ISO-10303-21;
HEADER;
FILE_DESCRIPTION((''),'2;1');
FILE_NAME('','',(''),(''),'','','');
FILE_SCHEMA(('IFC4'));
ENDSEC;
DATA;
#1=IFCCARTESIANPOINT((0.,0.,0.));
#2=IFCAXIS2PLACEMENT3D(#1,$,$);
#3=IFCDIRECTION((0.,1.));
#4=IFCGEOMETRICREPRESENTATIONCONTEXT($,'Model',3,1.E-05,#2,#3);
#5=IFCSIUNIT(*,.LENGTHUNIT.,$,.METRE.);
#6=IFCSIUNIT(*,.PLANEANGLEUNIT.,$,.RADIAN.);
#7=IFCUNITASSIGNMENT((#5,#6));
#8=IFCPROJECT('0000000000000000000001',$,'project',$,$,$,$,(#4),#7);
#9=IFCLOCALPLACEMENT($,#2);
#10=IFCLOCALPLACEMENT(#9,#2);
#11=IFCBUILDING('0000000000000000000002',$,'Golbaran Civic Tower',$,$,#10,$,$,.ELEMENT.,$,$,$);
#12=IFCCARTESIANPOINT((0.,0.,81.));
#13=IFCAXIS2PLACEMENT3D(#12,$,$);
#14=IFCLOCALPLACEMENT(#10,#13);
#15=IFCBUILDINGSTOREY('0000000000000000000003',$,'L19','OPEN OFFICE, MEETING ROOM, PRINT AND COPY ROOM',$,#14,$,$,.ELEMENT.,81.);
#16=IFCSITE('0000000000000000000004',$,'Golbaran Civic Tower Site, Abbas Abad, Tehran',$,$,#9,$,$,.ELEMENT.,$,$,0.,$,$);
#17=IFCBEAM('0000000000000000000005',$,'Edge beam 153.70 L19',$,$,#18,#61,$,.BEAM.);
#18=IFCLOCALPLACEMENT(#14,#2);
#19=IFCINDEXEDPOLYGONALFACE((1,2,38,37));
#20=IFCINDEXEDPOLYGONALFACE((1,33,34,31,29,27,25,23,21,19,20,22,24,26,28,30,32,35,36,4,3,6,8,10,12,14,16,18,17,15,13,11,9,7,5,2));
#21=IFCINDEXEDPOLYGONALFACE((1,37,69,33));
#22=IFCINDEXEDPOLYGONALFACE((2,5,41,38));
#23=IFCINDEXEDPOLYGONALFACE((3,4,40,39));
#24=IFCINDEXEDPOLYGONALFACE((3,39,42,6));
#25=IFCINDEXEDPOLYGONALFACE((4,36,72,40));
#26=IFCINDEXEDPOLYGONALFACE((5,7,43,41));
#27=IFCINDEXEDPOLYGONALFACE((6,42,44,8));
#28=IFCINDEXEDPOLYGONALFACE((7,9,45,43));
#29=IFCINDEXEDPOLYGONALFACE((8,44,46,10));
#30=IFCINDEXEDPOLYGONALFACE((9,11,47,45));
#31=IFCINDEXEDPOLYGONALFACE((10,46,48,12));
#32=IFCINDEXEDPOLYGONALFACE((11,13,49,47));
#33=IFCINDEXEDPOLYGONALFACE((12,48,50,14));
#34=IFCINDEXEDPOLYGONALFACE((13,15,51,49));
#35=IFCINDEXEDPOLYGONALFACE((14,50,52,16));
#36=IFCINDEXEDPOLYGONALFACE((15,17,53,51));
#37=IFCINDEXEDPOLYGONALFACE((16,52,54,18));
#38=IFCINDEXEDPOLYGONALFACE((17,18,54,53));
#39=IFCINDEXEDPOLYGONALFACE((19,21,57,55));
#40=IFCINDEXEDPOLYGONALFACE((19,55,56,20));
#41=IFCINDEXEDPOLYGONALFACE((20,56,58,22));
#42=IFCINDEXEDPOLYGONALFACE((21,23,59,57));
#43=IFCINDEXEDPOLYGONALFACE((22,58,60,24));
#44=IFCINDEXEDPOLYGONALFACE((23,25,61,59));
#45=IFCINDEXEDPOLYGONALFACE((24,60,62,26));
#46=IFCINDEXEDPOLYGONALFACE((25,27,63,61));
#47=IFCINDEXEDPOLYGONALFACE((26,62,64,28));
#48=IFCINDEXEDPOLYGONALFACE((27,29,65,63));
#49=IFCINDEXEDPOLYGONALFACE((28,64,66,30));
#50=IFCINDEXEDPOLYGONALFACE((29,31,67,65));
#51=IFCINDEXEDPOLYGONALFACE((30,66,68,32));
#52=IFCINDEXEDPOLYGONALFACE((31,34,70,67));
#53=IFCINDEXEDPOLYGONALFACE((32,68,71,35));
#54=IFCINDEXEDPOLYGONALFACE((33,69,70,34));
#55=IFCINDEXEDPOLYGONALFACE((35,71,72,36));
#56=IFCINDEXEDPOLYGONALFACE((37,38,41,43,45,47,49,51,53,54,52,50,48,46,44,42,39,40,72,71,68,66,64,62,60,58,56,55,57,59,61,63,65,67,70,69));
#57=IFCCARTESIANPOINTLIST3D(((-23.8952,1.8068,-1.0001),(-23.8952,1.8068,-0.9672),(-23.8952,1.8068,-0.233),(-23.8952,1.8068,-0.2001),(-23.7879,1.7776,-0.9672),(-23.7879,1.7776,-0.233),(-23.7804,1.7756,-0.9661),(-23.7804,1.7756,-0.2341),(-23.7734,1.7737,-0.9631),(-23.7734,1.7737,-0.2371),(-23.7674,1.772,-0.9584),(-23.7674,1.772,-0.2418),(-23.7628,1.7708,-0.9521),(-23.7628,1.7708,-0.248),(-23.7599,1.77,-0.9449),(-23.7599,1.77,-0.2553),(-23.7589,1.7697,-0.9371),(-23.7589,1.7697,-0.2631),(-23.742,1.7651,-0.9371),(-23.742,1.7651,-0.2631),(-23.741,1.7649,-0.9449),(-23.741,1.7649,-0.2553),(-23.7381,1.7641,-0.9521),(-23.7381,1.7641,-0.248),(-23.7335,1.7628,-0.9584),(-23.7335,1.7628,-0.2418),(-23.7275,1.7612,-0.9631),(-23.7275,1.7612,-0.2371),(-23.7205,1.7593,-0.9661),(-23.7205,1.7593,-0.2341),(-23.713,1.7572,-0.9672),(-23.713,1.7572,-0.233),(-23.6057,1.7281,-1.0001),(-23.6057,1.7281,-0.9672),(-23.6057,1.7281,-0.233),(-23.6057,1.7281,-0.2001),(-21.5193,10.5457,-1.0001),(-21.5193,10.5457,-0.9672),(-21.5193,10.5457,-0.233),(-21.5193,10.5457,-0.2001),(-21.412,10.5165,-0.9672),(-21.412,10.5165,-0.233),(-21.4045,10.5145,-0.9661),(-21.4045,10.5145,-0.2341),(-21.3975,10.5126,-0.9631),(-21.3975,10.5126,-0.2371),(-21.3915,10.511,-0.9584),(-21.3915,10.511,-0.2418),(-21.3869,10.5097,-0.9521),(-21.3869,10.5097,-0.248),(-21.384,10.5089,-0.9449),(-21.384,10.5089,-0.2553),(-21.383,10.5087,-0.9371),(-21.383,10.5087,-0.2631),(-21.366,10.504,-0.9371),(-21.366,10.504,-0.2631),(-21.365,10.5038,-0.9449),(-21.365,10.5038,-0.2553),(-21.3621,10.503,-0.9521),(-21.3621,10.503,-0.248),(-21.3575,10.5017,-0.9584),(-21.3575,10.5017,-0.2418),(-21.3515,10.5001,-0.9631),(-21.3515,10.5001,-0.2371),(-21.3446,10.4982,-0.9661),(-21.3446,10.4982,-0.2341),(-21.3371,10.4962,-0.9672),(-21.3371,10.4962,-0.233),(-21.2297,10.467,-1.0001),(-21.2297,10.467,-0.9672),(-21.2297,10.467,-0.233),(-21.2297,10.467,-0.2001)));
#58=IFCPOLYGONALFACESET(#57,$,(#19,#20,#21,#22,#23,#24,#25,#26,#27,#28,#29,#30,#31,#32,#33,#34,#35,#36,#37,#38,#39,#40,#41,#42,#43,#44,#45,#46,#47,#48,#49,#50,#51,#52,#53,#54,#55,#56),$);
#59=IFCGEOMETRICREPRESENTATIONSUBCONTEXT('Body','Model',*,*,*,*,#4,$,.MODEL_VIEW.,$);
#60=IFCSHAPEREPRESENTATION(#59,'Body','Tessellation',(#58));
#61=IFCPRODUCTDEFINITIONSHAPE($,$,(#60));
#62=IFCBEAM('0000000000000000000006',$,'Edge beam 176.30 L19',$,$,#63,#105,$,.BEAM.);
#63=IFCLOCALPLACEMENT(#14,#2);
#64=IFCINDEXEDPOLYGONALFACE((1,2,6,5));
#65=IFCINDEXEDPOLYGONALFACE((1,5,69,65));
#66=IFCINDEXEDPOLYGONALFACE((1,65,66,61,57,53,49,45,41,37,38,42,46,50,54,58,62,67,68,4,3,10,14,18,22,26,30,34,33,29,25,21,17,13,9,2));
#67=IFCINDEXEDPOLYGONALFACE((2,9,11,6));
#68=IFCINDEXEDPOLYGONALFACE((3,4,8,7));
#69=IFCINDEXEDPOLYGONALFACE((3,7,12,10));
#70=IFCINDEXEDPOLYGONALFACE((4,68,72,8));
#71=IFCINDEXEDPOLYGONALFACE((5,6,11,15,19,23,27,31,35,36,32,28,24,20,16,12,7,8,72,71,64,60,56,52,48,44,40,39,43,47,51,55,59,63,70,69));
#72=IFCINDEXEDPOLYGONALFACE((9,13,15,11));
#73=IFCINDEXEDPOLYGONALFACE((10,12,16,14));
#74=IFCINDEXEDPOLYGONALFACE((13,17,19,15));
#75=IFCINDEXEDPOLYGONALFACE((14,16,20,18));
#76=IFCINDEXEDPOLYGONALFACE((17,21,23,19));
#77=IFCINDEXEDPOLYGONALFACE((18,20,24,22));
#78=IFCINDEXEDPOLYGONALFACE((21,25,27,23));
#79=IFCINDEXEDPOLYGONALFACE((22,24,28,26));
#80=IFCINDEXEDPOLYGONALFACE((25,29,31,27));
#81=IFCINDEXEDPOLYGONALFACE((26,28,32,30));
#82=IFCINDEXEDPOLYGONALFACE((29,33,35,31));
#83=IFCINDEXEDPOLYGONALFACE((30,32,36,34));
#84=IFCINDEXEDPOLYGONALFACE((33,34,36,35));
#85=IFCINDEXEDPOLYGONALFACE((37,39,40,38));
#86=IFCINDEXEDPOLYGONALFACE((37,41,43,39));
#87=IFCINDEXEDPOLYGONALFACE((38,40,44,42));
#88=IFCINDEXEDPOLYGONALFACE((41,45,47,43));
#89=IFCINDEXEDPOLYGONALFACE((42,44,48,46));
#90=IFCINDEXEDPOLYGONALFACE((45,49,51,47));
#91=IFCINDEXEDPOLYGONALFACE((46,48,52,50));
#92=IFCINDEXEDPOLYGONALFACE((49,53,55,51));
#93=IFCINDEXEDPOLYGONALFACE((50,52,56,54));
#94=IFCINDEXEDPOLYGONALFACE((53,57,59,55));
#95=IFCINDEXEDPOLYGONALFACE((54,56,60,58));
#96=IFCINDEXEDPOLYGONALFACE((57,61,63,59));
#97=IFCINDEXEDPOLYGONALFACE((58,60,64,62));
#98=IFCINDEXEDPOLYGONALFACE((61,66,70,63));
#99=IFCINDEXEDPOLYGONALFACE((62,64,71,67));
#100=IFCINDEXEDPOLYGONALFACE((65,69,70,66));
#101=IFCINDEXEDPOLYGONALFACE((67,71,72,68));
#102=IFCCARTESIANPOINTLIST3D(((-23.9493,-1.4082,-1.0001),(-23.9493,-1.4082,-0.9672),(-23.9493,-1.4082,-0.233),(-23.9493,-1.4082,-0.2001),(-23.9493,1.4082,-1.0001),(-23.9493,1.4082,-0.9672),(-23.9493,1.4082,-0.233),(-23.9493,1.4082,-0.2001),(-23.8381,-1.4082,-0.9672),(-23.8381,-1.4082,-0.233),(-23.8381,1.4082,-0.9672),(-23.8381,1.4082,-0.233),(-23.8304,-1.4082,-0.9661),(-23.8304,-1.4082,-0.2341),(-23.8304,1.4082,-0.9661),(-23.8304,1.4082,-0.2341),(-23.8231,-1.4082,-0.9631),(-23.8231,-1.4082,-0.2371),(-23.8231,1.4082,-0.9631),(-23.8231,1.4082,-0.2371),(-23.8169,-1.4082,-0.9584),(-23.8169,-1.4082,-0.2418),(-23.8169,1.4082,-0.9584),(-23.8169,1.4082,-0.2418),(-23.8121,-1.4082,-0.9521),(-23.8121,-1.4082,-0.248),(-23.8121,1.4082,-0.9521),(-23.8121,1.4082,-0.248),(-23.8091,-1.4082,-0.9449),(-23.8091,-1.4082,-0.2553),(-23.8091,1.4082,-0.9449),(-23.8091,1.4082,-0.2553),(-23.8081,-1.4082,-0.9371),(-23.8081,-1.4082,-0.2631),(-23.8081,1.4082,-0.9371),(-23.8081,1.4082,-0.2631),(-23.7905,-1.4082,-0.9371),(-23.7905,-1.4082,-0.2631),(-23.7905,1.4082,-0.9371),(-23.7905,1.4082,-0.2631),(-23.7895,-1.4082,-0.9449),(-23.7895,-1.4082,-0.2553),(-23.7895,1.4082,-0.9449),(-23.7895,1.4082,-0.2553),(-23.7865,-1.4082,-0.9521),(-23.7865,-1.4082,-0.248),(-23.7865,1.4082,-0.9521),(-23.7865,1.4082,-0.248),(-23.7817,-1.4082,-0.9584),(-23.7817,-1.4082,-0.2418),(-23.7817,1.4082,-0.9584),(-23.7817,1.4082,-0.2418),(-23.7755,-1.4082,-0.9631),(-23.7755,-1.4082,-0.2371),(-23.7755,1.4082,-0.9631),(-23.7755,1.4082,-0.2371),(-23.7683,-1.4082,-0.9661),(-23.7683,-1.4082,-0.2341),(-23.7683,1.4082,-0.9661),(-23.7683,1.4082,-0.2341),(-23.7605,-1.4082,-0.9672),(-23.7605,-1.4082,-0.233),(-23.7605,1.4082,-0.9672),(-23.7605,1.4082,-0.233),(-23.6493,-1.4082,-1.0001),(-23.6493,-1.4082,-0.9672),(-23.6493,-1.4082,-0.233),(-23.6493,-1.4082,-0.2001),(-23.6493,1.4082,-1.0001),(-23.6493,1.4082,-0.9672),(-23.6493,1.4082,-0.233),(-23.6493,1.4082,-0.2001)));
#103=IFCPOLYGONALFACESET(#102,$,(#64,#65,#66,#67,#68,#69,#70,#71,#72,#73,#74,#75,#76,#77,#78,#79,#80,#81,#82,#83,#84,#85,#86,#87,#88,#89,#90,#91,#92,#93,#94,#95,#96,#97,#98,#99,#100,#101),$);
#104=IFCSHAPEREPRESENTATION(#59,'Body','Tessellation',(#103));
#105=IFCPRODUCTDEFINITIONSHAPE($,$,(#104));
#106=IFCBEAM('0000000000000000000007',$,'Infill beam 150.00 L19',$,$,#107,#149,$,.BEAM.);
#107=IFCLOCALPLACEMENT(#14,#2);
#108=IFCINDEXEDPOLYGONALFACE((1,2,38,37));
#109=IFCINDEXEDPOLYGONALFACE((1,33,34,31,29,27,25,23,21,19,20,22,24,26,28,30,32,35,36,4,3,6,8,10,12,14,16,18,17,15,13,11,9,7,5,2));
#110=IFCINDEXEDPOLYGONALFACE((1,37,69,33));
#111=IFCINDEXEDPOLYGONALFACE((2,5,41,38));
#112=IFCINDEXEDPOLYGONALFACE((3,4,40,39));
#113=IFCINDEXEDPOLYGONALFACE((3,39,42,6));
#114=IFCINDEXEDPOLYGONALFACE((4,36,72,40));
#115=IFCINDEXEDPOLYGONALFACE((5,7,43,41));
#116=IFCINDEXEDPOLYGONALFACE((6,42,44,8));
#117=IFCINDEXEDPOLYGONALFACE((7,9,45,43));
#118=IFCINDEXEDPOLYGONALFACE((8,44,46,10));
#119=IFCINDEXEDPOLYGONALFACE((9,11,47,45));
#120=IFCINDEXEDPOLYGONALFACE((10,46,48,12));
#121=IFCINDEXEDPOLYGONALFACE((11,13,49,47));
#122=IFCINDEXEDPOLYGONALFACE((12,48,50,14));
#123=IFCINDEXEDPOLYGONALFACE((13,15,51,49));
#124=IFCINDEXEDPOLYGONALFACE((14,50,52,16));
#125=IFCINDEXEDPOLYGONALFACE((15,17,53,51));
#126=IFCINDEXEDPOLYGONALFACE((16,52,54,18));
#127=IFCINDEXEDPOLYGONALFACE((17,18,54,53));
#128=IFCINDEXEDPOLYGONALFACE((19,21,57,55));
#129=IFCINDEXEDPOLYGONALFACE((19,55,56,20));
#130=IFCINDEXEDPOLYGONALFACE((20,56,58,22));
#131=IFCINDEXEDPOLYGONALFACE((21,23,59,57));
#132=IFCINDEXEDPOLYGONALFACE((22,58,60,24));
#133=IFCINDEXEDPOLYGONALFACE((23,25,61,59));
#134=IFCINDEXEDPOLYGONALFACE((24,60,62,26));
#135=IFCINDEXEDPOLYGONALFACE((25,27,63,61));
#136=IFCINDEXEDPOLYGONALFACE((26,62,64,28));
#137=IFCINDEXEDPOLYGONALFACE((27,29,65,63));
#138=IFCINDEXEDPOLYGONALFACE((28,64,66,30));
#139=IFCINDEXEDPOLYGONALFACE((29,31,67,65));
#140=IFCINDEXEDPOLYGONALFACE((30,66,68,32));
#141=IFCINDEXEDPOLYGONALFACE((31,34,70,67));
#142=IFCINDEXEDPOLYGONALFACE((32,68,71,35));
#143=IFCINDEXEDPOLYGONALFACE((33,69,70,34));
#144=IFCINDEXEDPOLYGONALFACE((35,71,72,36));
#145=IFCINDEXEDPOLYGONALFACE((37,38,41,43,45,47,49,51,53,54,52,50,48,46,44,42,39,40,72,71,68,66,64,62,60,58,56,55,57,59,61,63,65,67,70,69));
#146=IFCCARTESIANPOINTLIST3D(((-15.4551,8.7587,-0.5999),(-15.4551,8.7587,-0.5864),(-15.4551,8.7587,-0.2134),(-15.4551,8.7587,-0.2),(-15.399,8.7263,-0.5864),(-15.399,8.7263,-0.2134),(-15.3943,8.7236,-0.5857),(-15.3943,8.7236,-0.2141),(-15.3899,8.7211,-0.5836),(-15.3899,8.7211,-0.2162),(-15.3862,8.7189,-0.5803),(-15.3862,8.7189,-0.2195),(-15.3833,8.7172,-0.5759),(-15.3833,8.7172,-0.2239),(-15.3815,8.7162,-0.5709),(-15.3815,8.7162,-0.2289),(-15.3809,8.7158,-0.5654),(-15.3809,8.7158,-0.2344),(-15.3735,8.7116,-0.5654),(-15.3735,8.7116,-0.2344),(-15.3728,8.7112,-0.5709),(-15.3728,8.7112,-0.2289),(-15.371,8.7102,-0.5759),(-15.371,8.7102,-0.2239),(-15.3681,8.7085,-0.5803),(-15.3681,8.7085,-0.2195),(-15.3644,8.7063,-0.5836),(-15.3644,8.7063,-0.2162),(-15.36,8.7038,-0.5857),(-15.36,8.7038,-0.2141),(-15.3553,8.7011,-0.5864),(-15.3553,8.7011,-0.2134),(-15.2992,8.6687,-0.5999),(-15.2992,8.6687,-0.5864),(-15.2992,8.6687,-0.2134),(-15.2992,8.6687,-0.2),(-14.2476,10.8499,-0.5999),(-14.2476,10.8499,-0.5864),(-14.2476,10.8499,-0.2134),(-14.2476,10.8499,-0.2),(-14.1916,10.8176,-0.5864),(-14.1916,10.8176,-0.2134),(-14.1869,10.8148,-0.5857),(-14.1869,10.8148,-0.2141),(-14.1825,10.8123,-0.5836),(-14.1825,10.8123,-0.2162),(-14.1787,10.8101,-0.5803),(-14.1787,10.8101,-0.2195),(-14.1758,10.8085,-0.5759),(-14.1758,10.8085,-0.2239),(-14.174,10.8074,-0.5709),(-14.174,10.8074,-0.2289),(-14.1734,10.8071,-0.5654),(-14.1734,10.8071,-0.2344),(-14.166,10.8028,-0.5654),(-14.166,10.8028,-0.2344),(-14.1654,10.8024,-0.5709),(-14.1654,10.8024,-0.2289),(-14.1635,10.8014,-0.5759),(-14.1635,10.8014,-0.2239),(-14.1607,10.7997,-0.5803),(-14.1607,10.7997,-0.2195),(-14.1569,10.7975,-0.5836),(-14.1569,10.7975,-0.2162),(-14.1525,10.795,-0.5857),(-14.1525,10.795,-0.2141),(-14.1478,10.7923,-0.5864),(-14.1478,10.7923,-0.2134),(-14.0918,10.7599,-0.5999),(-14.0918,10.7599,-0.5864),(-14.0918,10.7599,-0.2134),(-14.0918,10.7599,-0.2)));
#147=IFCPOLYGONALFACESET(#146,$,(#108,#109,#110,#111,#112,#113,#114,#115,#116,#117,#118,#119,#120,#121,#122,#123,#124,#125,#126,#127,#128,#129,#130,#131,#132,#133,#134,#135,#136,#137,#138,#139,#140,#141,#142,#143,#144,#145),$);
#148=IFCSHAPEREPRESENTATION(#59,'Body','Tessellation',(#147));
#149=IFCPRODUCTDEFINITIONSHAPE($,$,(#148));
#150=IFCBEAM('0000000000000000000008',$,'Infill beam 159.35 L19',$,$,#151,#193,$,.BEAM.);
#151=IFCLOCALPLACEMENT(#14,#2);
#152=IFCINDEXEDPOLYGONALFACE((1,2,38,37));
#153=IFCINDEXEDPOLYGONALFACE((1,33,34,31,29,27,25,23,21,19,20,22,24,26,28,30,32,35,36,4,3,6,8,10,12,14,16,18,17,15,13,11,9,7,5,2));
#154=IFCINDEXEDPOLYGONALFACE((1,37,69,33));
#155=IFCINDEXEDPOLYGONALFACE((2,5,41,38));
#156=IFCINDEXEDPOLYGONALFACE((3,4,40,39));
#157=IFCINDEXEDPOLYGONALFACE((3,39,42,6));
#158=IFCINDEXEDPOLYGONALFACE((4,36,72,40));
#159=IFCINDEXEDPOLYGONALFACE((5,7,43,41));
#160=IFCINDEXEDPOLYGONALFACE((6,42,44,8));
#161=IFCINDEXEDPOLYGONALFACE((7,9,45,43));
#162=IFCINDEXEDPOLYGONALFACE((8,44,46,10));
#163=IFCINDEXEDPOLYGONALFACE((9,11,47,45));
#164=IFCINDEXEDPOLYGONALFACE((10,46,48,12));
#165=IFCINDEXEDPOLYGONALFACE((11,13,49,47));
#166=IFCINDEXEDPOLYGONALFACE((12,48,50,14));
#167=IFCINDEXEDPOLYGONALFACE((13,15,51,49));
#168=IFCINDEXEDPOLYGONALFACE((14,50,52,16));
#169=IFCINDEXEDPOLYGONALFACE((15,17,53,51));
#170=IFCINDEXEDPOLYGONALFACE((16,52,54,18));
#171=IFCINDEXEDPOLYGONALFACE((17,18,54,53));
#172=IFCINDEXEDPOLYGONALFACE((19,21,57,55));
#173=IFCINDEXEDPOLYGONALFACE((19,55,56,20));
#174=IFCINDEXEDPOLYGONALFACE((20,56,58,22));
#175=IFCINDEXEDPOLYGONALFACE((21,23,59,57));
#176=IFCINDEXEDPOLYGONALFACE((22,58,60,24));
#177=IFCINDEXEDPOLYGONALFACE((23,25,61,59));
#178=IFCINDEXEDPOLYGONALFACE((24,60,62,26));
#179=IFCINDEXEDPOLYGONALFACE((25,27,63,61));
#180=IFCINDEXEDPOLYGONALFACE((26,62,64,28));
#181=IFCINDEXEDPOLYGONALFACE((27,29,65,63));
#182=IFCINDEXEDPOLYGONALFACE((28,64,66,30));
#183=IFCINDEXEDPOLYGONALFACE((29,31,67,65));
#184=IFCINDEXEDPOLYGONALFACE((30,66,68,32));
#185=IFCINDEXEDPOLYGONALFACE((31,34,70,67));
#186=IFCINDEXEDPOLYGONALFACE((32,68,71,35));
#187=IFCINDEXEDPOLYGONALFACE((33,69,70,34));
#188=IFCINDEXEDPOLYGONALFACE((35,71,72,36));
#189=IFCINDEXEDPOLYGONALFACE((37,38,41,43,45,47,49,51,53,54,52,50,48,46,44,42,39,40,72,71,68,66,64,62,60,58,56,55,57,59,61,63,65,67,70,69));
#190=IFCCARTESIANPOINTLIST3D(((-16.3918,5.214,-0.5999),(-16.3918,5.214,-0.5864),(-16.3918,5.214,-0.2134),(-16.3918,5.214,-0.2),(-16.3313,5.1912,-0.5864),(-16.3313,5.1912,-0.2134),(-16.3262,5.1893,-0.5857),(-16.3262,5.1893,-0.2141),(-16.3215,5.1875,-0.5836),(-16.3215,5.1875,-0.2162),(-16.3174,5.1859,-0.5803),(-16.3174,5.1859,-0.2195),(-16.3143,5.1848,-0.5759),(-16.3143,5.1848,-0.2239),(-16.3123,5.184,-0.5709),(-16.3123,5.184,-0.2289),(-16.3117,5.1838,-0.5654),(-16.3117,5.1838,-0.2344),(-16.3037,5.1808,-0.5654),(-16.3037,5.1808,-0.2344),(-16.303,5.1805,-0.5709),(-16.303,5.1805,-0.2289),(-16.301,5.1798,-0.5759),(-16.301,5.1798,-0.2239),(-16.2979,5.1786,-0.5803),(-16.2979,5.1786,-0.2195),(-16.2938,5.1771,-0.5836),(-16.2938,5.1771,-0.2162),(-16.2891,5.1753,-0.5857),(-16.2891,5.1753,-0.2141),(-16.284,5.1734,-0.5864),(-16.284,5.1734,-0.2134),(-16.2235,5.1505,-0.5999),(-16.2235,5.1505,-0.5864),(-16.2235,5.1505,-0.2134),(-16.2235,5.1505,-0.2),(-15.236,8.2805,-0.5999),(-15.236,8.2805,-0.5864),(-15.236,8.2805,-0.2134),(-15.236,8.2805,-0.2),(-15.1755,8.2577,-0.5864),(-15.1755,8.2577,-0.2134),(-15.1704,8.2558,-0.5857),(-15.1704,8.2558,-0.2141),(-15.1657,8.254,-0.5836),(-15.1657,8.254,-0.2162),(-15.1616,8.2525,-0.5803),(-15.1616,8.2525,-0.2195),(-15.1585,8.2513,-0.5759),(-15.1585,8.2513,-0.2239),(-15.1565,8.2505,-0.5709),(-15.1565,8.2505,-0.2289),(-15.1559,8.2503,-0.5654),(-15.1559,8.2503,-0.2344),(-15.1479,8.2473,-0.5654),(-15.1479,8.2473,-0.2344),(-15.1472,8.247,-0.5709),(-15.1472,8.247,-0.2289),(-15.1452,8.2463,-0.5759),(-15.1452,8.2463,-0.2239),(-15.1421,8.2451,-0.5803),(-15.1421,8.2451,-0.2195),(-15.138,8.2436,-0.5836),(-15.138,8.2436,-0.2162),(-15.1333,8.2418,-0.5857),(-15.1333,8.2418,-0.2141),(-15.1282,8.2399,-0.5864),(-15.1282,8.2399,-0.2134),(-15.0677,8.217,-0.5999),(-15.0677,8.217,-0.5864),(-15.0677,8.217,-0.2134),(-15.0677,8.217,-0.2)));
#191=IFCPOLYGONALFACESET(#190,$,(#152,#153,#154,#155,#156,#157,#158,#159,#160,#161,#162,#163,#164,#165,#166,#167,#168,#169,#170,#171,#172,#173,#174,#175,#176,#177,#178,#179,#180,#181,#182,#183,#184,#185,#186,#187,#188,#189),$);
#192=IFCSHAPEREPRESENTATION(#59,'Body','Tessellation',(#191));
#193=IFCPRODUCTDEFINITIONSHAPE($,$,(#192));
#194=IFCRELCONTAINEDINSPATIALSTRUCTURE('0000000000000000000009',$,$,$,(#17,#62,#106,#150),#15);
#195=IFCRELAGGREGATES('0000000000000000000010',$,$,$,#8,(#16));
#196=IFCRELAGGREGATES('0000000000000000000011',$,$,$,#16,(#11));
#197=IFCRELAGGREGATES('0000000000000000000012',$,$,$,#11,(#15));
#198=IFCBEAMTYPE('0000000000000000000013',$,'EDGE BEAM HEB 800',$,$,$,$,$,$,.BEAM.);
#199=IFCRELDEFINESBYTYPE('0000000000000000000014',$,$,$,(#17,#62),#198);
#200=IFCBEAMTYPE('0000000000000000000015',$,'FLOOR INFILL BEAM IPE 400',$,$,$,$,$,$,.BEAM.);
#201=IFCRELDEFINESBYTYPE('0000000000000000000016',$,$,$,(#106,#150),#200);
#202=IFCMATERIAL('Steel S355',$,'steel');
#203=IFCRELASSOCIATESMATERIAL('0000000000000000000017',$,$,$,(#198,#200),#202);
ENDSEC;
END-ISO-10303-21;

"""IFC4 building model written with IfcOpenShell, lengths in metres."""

from ifc_helpers import new_model, si_unit, direction, frame, origin, origin_2d, place, context, subcontext, project, spatial, i_section, extrude, material, material_profile, profile_set, type_object, element, save


model = new_model("IFC4")

# Units and contexts
model_context = context("Model", 3, precision=1e-05, world=origin(), true_north=direction((0.0, 1.0)))
body_context = subcontext(model_context, "Body", "Model", "MODEL_VIEW")
ifc_project = project(units=[si_unit("LENGTHUNIT", "METRE"), si_unit("PLANEANGLEUNIT", "RADIAN")], contexts=[model_context])

# Site, building, storey
site_placement = place(None, origin())
site = spatial("IfcSite", under=ifc_project, at=site_placement, Name="Golbaran Civic Tower Site, Abbas Abad, Tehran", CompositionType="ELEMENT", RefElevation=0.0)
building_placement = place(site_placement, origin())
building = spatial("IfcBuilding", under=site, at=building_placement, Name="Golbaran Civic Tower", CompositionType="ELEMENT")
storey_placement = place(building_placement, frame((0.0, 0.0, 81.0)))
storey = spatial("IfcBuildingStorey", under=building, at=storey_placement, Name="L19", Description="OPEN OFFICE, MEETING ROOM, PRINT AND COPY ROOM", CompositionType="ELEMENT", Elevation=81.0)

# Beams
ifc_material_1 = material(Name="Steel S355", Category="steel")
ifc_material_profile_1 = material_profile(ifc_material_1, i_section(OverallWidth=0.3, OverallDepth=0.8, WebThickness=0.0176, FlangeThickness=0.033, FilletRadius=0.03, at=origin_2d()), Name="HEB 800")
ifc_profile_set_1 = profile_set([ifc_material_profile_1], Name="Steel S355")
beam_type_1 = type_object("IfcBeamType", Name="EDGE BEAM HEB 800", PredefinedType="BEAM", material=ifc_profile_set_1)
beam_1_placement = place(storey_placement, frame((-21.3745, 10.5063, -0.6001), z_axis=(-0.262358, -0.964971, 0.0), x_axis=(0.964971, -0.262358, 0.0)))
element("IfcBeam", 1, at=beam_1_placement, inside=storey, type_object=beam_type_1, Name="Edge beam 153.70 L19", PredefinedType="BEAM", context=body_context, shape_type="SweptSolid", body=[
    extrude(i_section(OverallWidth=0.3, OverallDepth=0.8, WebThickness=0.0176, FlangeThickness=0.033, FilletRadius=0.03, at=origin_2d()), origin(), (0.0, 0.0, 1.0), 9.0562),
])
beam_2_placement = place(storey_placement, frame((-23.7993, 1.4082, -0.6001), z_axis=(0.0, -1.0, 0.0), x_axis=(1.0, 0.0, 0.0)))
element("IfcBeam", 2, at=beam_2_placement, inside=storey, type_object=beam_type_1, Name="Edge beam 176.30 L19", PredefinedType="BEAM", context=body_context, shape_type="SweptSolid", body=[
    extrude(i_section(OverallWidth=0.3, OverallDepth=0.8, WebThickness=0.0176, FlangeThickness=0.033, FilletRadius=0.03, at=origin_2d()), origin(), (0.0, 0.0, 1.0), 2.8164),
])
ifc_material_profile_2 = material_profile(ifc_material_1, i_section(OverallWidth=0.1799, OverallDepth=0.3999, WebThickness=0.0085, FlangeThickness=0.0134, FilletRadius=0.021, at=origin_2d()), Name="IPE 400")
ifc_profile_set_2 = profile_set([ifc_material_profile_2], Name="Steel S355")
beam_type_2 = type_object("IfcBeamType", Name="FLOOR INFILL BEAM IPE 400", PredefinedType="BEAM", material=ifc_profile_set_2)
beam_3_placement = place(storey_placement, frame((-14.1697, 10.8049, -0.3999), z_axis=(-0.500032, -0.866007, 0.0), x_axis=(0.866007, -0.500032, 0.0)))
element("IfcBeam", 3, at=beam_3_placement, inside=storey, type_object=beam_type_2, Name="Infill beam 150.00 L19", PredefinedType="BEAM", context=body_context, shape_type="SweptSolid", body=[
    extrude(i_section(OverallWidth=0.1799, OverallDepth=0.3999, WebThickness=0.0085, FlangeThickness=0.0134, FilletRadius=0.021, at=origin_2d()), origin(), (0.0, 0.0, 1.0), 2.4148),
])
beam_4_placement = place(storey_placement, frame((-15.1519, 8.2488, -0.3999), z_axis=(-0.352691, -0.93574, 0.0), x_axis=(0.93574, -0.352691, 0.0)))
element("IfcBeam", 4, at=beam_4_placement, inside=storey, type_object=beam_type_2, Name="Infill beam 159.35 L19", PredefinedType="BEAM", context=body_context, shape_type="SweptSolid", body=[
    extrude(i_section(OverallWidth=0.1799, OverallDepth=0.3999, WebThickness=0.0085, FlangeThickness=0.0134, FilletRadius=0.021, at=origin_2d()), origin(), (0.0, 0.0, 1.0), 3.2771),
])

save(model, "model.ifc")
